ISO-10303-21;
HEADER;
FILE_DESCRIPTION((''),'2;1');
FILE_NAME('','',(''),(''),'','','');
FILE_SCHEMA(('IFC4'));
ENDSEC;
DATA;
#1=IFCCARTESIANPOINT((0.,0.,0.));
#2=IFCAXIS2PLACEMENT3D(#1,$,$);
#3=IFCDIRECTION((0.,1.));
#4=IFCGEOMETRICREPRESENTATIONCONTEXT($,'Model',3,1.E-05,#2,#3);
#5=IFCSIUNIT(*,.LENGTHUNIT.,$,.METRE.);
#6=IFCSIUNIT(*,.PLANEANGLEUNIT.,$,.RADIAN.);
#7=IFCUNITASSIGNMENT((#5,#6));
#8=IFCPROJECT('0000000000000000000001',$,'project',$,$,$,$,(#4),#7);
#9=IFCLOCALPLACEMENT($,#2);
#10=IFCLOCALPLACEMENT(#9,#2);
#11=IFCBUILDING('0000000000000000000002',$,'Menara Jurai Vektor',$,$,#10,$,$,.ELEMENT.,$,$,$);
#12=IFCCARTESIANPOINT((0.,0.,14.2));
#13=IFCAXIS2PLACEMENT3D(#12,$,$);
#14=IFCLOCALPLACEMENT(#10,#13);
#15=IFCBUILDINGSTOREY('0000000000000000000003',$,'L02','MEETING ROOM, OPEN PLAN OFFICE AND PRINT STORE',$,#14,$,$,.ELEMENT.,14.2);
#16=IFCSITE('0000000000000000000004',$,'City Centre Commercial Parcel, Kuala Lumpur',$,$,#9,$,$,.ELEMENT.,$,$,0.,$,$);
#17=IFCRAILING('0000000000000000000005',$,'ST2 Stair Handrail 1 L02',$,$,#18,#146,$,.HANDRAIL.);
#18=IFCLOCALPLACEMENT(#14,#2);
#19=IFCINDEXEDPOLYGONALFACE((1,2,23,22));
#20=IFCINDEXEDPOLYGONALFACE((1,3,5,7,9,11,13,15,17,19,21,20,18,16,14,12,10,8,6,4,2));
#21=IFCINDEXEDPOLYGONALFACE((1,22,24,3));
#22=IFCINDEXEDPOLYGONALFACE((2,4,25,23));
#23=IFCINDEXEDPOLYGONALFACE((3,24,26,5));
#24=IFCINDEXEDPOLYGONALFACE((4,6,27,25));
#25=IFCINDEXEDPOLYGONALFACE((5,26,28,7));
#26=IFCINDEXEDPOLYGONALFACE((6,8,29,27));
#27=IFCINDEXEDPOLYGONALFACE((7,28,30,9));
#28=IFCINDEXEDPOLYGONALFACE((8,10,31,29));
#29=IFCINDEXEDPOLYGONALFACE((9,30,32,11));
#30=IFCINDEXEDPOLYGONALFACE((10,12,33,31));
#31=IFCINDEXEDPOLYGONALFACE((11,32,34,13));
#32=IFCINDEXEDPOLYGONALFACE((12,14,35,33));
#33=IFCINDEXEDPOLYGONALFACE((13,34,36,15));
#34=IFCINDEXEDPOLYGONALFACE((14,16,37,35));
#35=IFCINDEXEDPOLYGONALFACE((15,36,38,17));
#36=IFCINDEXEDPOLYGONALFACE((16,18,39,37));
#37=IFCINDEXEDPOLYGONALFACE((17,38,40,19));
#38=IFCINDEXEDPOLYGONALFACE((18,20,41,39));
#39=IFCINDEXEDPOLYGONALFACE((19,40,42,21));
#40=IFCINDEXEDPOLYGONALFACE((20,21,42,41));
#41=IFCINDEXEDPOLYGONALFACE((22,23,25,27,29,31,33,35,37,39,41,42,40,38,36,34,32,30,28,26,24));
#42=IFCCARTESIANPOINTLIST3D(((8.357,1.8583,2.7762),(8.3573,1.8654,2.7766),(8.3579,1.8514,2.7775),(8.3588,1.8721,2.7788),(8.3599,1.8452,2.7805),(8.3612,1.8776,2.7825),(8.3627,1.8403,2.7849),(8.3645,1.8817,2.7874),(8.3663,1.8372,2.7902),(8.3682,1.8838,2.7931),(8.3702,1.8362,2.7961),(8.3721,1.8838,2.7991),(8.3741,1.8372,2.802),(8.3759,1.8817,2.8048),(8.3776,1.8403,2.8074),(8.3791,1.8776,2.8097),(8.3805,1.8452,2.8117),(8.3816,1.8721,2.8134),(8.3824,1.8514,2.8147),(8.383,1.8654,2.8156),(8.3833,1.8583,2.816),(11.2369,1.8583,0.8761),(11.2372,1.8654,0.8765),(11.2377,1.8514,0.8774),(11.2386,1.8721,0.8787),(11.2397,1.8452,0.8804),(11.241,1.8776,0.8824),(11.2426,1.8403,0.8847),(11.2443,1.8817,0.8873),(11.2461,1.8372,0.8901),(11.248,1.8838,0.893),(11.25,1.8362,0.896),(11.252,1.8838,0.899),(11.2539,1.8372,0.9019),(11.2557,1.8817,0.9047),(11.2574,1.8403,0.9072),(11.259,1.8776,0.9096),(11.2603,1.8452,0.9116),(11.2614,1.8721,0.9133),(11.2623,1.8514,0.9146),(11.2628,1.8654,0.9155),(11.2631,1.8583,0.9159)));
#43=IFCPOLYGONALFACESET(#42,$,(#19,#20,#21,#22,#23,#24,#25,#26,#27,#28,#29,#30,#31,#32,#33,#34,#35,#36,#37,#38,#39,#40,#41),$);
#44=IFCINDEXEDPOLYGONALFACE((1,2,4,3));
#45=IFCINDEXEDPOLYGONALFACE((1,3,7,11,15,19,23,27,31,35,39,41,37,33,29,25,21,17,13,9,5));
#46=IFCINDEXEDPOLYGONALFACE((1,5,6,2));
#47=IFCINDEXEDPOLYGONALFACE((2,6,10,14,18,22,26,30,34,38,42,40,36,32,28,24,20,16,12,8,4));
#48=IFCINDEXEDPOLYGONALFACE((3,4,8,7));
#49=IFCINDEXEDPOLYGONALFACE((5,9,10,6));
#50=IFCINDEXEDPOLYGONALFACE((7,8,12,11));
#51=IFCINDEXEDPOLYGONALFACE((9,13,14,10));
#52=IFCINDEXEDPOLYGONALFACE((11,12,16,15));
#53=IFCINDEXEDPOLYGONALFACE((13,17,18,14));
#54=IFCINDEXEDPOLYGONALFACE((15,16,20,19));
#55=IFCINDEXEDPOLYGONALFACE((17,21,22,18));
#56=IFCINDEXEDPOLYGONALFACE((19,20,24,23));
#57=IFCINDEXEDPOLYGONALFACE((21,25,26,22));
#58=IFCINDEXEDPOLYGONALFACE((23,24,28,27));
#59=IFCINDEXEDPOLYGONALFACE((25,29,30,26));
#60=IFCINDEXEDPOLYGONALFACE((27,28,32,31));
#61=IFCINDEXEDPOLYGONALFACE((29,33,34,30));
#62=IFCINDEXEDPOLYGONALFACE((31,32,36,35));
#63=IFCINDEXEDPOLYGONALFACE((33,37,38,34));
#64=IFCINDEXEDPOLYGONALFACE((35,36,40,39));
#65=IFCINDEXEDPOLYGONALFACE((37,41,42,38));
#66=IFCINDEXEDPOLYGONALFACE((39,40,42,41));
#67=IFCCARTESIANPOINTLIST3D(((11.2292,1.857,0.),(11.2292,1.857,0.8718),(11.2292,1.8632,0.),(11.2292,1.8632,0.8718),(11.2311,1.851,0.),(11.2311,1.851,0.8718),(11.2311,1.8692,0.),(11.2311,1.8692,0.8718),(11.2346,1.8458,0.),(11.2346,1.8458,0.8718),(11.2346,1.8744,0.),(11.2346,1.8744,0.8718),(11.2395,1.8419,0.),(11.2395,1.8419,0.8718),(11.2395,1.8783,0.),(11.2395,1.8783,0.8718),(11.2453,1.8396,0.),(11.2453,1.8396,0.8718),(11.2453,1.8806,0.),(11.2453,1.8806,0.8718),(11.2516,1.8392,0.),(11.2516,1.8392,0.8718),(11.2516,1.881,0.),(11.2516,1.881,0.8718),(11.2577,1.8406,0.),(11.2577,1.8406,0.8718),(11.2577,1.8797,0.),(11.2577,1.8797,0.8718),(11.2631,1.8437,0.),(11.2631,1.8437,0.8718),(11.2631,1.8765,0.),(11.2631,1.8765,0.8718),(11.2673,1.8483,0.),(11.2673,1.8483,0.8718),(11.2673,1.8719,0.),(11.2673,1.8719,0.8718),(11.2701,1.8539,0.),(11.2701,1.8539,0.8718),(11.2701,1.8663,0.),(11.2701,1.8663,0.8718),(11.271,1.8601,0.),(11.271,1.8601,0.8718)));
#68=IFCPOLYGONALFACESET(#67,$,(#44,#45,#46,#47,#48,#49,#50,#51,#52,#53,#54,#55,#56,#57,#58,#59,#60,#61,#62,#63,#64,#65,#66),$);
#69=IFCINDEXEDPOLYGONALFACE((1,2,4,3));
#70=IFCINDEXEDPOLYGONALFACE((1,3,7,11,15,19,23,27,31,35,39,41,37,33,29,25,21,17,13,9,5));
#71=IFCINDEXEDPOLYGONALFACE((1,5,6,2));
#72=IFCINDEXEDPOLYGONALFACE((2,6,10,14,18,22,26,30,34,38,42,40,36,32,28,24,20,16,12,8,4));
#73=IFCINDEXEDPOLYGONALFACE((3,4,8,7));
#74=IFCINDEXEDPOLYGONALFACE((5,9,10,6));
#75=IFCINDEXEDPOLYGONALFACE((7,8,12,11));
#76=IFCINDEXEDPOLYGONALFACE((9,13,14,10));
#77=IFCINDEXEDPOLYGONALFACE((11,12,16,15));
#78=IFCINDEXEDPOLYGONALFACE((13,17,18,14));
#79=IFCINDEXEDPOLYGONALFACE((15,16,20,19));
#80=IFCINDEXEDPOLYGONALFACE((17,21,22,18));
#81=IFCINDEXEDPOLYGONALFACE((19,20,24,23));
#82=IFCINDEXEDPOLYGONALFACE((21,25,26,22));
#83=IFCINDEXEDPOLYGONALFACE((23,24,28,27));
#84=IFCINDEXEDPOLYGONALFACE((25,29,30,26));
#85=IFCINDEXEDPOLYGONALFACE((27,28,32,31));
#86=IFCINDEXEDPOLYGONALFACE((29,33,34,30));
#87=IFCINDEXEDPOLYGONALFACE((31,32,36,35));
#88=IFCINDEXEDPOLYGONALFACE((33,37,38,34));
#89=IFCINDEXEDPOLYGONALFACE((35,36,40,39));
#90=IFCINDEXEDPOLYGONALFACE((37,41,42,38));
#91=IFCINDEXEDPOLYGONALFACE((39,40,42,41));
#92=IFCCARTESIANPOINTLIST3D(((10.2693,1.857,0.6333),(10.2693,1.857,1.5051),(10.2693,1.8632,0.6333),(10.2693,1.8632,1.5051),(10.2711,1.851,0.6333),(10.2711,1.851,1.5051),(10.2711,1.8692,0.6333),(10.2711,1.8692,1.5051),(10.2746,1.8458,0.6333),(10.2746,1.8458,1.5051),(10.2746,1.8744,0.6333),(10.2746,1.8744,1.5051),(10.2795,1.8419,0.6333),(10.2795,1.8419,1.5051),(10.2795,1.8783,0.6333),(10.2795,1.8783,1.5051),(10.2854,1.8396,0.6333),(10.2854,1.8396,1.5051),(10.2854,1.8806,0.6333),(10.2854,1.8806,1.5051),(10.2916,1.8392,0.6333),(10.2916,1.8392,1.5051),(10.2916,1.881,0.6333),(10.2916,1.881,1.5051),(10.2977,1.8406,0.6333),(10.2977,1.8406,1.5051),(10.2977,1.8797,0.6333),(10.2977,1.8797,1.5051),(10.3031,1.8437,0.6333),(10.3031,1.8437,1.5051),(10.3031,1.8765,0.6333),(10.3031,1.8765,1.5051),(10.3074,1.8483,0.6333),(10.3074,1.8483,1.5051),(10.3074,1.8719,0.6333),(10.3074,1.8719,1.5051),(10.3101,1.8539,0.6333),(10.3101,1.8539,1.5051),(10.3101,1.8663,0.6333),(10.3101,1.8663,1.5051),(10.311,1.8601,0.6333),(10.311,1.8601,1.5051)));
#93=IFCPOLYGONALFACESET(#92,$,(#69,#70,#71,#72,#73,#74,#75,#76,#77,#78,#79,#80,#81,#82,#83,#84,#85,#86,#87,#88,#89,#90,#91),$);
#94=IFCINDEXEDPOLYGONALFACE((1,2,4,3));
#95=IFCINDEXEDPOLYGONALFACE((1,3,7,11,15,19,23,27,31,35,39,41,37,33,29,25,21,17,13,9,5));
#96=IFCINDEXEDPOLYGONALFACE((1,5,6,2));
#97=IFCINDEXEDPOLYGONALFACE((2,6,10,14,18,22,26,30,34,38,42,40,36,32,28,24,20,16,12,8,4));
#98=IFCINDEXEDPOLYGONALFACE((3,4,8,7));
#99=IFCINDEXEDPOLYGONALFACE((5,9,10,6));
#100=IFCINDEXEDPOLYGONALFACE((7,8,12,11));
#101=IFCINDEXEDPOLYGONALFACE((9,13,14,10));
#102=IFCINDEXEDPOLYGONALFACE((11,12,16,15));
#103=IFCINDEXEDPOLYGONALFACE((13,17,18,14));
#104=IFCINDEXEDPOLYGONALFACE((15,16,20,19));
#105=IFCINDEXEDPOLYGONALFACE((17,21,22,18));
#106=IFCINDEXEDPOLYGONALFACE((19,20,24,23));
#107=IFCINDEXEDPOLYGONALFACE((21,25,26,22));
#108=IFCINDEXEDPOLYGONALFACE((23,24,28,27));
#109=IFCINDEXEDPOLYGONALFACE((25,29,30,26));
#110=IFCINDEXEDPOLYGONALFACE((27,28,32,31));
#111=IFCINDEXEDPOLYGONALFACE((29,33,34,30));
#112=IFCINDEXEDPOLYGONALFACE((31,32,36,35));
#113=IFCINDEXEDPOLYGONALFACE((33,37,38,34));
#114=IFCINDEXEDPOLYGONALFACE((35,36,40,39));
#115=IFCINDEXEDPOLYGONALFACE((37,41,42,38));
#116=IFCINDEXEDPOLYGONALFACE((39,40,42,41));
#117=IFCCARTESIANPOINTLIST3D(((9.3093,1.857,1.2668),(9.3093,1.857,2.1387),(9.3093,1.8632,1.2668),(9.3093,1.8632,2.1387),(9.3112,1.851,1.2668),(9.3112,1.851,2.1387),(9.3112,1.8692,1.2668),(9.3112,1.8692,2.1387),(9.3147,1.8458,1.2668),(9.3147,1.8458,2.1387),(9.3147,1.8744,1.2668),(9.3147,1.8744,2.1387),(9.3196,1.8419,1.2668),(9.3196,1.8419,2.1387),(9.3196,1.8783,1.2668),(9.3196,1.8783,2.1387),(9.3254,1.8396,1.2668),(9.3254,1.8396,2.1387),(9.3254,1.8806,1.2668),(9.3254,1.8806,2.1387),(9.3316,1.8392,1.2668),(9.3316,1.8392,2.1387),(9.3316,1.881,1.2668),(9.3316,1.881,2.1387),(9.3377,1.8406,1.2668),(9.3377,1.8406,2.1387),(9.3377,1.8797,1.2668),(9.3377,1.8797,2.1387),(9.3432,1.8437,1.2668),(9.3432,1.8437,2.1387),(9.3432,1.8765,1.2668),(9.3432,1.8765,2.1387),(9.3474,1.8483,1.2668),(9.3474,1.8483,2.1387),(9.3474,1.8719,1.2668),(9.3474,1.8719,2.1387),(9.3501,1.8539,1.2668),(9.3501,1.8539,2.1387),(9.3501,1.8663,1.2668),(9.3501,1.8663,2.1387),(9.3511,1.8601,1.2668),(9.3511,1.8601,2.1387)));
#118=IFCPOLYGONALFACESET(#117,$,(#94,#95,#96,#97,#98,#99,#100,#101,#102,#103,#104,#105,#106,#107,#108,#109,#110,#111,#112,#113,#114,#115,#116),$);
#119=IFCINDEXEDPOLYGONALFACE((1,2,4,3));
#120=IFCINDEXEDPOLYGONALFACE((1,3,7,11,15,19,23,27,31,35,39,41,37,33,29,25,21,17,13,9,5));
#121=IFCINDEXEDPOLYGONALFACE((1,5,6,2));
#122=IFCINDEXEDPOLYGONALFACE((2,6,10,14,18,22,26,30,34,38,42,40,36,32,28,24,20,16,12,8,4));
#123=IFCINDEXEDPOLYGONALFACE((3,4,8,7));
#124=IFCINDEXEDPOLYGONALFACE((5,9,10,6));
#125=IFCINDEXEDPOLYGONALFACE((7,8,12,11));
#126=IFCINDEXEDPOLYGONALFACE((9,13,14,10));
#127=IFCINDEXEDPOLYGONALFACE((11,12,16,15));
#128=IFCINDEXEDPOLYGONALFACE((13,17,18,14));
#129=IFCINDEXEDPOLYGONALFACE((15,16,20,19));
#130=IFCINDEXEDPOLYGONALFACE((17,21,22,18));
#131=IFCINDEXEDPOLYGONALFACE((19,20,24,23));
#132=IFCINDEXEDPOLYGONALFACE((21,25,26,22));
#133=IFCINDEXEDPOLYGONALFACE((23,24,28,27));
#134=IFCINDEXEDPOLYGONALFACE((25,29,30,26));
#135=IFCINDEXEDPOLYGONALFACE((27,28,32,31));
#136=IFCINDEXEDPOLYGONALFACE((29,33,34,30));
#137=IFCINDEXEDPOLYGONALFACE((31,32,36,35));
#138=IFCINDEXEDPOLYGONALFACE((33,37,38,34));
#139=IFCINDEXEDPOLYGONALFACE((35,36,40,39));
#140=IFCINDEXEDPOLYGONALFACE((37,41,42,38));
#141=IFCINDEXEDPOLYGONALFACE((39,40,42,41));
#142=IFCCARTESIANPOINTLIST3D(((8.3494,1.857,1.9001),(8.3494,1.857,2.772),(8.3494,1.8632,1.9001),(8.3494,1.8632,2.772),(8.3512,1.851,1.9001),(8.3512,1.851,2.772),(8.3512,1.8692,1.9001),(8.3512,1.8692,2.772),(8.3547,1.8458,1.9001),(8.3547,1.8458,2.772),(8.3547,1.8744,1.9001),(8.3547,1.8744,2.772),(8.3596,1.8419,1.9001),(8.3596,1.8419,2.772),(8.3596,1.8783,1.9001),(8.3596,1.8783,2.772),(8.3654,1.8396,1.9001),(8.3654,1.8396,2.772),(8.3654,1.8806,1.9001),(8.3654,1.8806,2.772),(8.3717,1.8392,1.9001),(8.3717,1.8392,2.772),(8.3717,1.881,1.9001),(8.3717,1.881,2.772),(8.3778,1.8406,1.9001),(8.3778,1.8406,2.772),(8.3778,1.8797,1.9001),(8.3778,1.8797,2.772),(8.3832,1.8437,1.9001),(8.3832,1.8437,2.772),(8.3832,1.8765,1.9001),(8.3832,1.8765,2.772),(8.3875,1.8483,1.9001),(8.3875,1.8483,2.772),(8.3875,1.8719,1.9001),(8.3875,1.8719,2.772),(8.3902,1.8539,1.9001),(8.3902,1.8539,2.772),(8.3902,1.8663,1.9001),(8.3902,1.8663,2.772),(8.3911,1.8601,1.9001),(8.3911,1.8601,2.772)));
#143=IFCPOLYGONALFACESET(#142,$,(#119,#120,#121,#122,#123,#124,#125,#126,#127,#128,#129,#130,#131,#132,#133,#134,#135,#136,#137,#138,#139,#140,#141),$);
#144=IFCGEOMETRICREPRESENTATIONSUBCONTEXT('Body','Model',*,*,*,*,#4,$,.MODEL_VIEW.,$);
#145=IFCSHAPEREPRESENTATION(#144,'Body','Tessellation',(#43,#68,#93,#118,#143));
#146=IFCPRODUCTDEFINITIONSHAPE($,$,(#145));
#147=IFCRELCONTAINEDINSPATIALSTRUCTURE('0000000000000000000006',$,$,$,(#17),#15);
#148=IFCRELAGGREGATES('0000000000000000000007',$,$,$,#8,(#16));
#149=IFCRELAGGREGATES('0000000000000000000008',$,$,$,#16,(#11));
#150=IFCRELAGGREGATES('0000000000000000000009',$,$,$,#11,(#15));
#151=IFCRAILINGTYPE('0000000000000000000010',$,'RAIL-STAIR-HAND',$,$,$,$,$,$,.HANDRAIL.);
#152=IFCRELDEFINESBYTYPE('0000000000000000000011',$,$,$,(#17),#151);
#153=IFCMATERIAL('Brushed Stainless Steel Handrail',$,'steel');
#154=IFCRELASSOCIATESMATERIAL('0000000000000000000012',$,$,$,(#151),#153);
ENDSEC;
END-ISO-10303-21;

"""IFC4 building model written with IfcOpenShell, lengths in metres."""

from ifc_helpers import new_model, si_unit, direction, frame, origin, origin_2d, place, context, subcontext, project, spatial, circle, extrude, material, type_object, element, save


model = new_model("IFC4")

# Units and contexts
model_context = context("Model", 3, precision=1e-05, world=origin(), true_north=direction((0.0, 1.0)))
body_context = subcontext(model_context, "Body", "Model", "MODEL_VIEW")
ifc_project = project(units=[si_unit("LENGTHUNIT", "METRE"), si_unit("PLANEANGLEUNIT", "RADIAN")], contexts=[model_context])

# Site, building, storey
site_placement = place(None, origin())
site = spatial("IfcSite", under=ifc_project, at=site_placement, Name="City Centre Commercial Parcel, Kuala Lumpur", CompositionType="ELEMENT", RefElevation=0.0)
building_placement = place(site_placement, origin())
building = spatial("IfcBuilding", under=site, at=building_placement, Name="Menara Jurai Vektor", CompositionType="ELEMENT")
storey_placement = place(building_placement, frame((0.0, 0.0, 14.2)))
storey = spatial("IfcBuildingStorey", under=building, at=storey_placement, Name="L02", Description="MEETING ROOM, OPEN PLAN OFFICE AND PRINT STORE", CompositionType="ELEMENT", Elevation=14.2)

# Railing
ifc_material_1 = material(Name="Brushed Stainless Steel Handrail", Category="steel")
railing_type_1 = type_object("IfcRailingType", Name="RAIL-STAIR-HAND", PredefinedType="HANDRAIL", material=ifc_material_1)
railing_1_placement = place(storey_placement, frame((11.25, 1.8601, 0.0)))
element("IfcRailing", 1, at=railing_1_placement, inside=storey, type_object=railing_type_1, Name="ST2 Stair Handrail 1 L02", PredefinedType="HANDRAIL", context=body_context, shape_type="SweptSolid", body=[
    extrude(circle(Radius=0.0239, at=origin_2d()), frame((0.0, 0.0, 0.896), z_axis=(-0.834686, 0.0, 0.550726), x_axis=(0.0, -1.0, 0.0)), (0.0, 0.0, 1.0), 3.4502),
    extrude(circle(Radius=0.021, at=origin_2d()), origin(), (0.0, 0.0, 1.0), 0.8718),
    extrude(circle(Radius=0.021, at=origin_2d()), frame((-0.96, 0.0, 0.6333)), (0.0, 0.0, 1.0), 0.8718),
    extrude(circle(Radius=0.021, at=origin_2d()), frame((-1.9199, 0.0, 1.2668)), (0.0, 0.0, 1.0), 0.8718),
    extrude(circle(Radius=0.021, at=origin_2d()), frame((-2.8799, 0.0, 1.9001)), (0.0, 0.0, 1.0), 0.8718),
])

save(model, "model.ifc")
